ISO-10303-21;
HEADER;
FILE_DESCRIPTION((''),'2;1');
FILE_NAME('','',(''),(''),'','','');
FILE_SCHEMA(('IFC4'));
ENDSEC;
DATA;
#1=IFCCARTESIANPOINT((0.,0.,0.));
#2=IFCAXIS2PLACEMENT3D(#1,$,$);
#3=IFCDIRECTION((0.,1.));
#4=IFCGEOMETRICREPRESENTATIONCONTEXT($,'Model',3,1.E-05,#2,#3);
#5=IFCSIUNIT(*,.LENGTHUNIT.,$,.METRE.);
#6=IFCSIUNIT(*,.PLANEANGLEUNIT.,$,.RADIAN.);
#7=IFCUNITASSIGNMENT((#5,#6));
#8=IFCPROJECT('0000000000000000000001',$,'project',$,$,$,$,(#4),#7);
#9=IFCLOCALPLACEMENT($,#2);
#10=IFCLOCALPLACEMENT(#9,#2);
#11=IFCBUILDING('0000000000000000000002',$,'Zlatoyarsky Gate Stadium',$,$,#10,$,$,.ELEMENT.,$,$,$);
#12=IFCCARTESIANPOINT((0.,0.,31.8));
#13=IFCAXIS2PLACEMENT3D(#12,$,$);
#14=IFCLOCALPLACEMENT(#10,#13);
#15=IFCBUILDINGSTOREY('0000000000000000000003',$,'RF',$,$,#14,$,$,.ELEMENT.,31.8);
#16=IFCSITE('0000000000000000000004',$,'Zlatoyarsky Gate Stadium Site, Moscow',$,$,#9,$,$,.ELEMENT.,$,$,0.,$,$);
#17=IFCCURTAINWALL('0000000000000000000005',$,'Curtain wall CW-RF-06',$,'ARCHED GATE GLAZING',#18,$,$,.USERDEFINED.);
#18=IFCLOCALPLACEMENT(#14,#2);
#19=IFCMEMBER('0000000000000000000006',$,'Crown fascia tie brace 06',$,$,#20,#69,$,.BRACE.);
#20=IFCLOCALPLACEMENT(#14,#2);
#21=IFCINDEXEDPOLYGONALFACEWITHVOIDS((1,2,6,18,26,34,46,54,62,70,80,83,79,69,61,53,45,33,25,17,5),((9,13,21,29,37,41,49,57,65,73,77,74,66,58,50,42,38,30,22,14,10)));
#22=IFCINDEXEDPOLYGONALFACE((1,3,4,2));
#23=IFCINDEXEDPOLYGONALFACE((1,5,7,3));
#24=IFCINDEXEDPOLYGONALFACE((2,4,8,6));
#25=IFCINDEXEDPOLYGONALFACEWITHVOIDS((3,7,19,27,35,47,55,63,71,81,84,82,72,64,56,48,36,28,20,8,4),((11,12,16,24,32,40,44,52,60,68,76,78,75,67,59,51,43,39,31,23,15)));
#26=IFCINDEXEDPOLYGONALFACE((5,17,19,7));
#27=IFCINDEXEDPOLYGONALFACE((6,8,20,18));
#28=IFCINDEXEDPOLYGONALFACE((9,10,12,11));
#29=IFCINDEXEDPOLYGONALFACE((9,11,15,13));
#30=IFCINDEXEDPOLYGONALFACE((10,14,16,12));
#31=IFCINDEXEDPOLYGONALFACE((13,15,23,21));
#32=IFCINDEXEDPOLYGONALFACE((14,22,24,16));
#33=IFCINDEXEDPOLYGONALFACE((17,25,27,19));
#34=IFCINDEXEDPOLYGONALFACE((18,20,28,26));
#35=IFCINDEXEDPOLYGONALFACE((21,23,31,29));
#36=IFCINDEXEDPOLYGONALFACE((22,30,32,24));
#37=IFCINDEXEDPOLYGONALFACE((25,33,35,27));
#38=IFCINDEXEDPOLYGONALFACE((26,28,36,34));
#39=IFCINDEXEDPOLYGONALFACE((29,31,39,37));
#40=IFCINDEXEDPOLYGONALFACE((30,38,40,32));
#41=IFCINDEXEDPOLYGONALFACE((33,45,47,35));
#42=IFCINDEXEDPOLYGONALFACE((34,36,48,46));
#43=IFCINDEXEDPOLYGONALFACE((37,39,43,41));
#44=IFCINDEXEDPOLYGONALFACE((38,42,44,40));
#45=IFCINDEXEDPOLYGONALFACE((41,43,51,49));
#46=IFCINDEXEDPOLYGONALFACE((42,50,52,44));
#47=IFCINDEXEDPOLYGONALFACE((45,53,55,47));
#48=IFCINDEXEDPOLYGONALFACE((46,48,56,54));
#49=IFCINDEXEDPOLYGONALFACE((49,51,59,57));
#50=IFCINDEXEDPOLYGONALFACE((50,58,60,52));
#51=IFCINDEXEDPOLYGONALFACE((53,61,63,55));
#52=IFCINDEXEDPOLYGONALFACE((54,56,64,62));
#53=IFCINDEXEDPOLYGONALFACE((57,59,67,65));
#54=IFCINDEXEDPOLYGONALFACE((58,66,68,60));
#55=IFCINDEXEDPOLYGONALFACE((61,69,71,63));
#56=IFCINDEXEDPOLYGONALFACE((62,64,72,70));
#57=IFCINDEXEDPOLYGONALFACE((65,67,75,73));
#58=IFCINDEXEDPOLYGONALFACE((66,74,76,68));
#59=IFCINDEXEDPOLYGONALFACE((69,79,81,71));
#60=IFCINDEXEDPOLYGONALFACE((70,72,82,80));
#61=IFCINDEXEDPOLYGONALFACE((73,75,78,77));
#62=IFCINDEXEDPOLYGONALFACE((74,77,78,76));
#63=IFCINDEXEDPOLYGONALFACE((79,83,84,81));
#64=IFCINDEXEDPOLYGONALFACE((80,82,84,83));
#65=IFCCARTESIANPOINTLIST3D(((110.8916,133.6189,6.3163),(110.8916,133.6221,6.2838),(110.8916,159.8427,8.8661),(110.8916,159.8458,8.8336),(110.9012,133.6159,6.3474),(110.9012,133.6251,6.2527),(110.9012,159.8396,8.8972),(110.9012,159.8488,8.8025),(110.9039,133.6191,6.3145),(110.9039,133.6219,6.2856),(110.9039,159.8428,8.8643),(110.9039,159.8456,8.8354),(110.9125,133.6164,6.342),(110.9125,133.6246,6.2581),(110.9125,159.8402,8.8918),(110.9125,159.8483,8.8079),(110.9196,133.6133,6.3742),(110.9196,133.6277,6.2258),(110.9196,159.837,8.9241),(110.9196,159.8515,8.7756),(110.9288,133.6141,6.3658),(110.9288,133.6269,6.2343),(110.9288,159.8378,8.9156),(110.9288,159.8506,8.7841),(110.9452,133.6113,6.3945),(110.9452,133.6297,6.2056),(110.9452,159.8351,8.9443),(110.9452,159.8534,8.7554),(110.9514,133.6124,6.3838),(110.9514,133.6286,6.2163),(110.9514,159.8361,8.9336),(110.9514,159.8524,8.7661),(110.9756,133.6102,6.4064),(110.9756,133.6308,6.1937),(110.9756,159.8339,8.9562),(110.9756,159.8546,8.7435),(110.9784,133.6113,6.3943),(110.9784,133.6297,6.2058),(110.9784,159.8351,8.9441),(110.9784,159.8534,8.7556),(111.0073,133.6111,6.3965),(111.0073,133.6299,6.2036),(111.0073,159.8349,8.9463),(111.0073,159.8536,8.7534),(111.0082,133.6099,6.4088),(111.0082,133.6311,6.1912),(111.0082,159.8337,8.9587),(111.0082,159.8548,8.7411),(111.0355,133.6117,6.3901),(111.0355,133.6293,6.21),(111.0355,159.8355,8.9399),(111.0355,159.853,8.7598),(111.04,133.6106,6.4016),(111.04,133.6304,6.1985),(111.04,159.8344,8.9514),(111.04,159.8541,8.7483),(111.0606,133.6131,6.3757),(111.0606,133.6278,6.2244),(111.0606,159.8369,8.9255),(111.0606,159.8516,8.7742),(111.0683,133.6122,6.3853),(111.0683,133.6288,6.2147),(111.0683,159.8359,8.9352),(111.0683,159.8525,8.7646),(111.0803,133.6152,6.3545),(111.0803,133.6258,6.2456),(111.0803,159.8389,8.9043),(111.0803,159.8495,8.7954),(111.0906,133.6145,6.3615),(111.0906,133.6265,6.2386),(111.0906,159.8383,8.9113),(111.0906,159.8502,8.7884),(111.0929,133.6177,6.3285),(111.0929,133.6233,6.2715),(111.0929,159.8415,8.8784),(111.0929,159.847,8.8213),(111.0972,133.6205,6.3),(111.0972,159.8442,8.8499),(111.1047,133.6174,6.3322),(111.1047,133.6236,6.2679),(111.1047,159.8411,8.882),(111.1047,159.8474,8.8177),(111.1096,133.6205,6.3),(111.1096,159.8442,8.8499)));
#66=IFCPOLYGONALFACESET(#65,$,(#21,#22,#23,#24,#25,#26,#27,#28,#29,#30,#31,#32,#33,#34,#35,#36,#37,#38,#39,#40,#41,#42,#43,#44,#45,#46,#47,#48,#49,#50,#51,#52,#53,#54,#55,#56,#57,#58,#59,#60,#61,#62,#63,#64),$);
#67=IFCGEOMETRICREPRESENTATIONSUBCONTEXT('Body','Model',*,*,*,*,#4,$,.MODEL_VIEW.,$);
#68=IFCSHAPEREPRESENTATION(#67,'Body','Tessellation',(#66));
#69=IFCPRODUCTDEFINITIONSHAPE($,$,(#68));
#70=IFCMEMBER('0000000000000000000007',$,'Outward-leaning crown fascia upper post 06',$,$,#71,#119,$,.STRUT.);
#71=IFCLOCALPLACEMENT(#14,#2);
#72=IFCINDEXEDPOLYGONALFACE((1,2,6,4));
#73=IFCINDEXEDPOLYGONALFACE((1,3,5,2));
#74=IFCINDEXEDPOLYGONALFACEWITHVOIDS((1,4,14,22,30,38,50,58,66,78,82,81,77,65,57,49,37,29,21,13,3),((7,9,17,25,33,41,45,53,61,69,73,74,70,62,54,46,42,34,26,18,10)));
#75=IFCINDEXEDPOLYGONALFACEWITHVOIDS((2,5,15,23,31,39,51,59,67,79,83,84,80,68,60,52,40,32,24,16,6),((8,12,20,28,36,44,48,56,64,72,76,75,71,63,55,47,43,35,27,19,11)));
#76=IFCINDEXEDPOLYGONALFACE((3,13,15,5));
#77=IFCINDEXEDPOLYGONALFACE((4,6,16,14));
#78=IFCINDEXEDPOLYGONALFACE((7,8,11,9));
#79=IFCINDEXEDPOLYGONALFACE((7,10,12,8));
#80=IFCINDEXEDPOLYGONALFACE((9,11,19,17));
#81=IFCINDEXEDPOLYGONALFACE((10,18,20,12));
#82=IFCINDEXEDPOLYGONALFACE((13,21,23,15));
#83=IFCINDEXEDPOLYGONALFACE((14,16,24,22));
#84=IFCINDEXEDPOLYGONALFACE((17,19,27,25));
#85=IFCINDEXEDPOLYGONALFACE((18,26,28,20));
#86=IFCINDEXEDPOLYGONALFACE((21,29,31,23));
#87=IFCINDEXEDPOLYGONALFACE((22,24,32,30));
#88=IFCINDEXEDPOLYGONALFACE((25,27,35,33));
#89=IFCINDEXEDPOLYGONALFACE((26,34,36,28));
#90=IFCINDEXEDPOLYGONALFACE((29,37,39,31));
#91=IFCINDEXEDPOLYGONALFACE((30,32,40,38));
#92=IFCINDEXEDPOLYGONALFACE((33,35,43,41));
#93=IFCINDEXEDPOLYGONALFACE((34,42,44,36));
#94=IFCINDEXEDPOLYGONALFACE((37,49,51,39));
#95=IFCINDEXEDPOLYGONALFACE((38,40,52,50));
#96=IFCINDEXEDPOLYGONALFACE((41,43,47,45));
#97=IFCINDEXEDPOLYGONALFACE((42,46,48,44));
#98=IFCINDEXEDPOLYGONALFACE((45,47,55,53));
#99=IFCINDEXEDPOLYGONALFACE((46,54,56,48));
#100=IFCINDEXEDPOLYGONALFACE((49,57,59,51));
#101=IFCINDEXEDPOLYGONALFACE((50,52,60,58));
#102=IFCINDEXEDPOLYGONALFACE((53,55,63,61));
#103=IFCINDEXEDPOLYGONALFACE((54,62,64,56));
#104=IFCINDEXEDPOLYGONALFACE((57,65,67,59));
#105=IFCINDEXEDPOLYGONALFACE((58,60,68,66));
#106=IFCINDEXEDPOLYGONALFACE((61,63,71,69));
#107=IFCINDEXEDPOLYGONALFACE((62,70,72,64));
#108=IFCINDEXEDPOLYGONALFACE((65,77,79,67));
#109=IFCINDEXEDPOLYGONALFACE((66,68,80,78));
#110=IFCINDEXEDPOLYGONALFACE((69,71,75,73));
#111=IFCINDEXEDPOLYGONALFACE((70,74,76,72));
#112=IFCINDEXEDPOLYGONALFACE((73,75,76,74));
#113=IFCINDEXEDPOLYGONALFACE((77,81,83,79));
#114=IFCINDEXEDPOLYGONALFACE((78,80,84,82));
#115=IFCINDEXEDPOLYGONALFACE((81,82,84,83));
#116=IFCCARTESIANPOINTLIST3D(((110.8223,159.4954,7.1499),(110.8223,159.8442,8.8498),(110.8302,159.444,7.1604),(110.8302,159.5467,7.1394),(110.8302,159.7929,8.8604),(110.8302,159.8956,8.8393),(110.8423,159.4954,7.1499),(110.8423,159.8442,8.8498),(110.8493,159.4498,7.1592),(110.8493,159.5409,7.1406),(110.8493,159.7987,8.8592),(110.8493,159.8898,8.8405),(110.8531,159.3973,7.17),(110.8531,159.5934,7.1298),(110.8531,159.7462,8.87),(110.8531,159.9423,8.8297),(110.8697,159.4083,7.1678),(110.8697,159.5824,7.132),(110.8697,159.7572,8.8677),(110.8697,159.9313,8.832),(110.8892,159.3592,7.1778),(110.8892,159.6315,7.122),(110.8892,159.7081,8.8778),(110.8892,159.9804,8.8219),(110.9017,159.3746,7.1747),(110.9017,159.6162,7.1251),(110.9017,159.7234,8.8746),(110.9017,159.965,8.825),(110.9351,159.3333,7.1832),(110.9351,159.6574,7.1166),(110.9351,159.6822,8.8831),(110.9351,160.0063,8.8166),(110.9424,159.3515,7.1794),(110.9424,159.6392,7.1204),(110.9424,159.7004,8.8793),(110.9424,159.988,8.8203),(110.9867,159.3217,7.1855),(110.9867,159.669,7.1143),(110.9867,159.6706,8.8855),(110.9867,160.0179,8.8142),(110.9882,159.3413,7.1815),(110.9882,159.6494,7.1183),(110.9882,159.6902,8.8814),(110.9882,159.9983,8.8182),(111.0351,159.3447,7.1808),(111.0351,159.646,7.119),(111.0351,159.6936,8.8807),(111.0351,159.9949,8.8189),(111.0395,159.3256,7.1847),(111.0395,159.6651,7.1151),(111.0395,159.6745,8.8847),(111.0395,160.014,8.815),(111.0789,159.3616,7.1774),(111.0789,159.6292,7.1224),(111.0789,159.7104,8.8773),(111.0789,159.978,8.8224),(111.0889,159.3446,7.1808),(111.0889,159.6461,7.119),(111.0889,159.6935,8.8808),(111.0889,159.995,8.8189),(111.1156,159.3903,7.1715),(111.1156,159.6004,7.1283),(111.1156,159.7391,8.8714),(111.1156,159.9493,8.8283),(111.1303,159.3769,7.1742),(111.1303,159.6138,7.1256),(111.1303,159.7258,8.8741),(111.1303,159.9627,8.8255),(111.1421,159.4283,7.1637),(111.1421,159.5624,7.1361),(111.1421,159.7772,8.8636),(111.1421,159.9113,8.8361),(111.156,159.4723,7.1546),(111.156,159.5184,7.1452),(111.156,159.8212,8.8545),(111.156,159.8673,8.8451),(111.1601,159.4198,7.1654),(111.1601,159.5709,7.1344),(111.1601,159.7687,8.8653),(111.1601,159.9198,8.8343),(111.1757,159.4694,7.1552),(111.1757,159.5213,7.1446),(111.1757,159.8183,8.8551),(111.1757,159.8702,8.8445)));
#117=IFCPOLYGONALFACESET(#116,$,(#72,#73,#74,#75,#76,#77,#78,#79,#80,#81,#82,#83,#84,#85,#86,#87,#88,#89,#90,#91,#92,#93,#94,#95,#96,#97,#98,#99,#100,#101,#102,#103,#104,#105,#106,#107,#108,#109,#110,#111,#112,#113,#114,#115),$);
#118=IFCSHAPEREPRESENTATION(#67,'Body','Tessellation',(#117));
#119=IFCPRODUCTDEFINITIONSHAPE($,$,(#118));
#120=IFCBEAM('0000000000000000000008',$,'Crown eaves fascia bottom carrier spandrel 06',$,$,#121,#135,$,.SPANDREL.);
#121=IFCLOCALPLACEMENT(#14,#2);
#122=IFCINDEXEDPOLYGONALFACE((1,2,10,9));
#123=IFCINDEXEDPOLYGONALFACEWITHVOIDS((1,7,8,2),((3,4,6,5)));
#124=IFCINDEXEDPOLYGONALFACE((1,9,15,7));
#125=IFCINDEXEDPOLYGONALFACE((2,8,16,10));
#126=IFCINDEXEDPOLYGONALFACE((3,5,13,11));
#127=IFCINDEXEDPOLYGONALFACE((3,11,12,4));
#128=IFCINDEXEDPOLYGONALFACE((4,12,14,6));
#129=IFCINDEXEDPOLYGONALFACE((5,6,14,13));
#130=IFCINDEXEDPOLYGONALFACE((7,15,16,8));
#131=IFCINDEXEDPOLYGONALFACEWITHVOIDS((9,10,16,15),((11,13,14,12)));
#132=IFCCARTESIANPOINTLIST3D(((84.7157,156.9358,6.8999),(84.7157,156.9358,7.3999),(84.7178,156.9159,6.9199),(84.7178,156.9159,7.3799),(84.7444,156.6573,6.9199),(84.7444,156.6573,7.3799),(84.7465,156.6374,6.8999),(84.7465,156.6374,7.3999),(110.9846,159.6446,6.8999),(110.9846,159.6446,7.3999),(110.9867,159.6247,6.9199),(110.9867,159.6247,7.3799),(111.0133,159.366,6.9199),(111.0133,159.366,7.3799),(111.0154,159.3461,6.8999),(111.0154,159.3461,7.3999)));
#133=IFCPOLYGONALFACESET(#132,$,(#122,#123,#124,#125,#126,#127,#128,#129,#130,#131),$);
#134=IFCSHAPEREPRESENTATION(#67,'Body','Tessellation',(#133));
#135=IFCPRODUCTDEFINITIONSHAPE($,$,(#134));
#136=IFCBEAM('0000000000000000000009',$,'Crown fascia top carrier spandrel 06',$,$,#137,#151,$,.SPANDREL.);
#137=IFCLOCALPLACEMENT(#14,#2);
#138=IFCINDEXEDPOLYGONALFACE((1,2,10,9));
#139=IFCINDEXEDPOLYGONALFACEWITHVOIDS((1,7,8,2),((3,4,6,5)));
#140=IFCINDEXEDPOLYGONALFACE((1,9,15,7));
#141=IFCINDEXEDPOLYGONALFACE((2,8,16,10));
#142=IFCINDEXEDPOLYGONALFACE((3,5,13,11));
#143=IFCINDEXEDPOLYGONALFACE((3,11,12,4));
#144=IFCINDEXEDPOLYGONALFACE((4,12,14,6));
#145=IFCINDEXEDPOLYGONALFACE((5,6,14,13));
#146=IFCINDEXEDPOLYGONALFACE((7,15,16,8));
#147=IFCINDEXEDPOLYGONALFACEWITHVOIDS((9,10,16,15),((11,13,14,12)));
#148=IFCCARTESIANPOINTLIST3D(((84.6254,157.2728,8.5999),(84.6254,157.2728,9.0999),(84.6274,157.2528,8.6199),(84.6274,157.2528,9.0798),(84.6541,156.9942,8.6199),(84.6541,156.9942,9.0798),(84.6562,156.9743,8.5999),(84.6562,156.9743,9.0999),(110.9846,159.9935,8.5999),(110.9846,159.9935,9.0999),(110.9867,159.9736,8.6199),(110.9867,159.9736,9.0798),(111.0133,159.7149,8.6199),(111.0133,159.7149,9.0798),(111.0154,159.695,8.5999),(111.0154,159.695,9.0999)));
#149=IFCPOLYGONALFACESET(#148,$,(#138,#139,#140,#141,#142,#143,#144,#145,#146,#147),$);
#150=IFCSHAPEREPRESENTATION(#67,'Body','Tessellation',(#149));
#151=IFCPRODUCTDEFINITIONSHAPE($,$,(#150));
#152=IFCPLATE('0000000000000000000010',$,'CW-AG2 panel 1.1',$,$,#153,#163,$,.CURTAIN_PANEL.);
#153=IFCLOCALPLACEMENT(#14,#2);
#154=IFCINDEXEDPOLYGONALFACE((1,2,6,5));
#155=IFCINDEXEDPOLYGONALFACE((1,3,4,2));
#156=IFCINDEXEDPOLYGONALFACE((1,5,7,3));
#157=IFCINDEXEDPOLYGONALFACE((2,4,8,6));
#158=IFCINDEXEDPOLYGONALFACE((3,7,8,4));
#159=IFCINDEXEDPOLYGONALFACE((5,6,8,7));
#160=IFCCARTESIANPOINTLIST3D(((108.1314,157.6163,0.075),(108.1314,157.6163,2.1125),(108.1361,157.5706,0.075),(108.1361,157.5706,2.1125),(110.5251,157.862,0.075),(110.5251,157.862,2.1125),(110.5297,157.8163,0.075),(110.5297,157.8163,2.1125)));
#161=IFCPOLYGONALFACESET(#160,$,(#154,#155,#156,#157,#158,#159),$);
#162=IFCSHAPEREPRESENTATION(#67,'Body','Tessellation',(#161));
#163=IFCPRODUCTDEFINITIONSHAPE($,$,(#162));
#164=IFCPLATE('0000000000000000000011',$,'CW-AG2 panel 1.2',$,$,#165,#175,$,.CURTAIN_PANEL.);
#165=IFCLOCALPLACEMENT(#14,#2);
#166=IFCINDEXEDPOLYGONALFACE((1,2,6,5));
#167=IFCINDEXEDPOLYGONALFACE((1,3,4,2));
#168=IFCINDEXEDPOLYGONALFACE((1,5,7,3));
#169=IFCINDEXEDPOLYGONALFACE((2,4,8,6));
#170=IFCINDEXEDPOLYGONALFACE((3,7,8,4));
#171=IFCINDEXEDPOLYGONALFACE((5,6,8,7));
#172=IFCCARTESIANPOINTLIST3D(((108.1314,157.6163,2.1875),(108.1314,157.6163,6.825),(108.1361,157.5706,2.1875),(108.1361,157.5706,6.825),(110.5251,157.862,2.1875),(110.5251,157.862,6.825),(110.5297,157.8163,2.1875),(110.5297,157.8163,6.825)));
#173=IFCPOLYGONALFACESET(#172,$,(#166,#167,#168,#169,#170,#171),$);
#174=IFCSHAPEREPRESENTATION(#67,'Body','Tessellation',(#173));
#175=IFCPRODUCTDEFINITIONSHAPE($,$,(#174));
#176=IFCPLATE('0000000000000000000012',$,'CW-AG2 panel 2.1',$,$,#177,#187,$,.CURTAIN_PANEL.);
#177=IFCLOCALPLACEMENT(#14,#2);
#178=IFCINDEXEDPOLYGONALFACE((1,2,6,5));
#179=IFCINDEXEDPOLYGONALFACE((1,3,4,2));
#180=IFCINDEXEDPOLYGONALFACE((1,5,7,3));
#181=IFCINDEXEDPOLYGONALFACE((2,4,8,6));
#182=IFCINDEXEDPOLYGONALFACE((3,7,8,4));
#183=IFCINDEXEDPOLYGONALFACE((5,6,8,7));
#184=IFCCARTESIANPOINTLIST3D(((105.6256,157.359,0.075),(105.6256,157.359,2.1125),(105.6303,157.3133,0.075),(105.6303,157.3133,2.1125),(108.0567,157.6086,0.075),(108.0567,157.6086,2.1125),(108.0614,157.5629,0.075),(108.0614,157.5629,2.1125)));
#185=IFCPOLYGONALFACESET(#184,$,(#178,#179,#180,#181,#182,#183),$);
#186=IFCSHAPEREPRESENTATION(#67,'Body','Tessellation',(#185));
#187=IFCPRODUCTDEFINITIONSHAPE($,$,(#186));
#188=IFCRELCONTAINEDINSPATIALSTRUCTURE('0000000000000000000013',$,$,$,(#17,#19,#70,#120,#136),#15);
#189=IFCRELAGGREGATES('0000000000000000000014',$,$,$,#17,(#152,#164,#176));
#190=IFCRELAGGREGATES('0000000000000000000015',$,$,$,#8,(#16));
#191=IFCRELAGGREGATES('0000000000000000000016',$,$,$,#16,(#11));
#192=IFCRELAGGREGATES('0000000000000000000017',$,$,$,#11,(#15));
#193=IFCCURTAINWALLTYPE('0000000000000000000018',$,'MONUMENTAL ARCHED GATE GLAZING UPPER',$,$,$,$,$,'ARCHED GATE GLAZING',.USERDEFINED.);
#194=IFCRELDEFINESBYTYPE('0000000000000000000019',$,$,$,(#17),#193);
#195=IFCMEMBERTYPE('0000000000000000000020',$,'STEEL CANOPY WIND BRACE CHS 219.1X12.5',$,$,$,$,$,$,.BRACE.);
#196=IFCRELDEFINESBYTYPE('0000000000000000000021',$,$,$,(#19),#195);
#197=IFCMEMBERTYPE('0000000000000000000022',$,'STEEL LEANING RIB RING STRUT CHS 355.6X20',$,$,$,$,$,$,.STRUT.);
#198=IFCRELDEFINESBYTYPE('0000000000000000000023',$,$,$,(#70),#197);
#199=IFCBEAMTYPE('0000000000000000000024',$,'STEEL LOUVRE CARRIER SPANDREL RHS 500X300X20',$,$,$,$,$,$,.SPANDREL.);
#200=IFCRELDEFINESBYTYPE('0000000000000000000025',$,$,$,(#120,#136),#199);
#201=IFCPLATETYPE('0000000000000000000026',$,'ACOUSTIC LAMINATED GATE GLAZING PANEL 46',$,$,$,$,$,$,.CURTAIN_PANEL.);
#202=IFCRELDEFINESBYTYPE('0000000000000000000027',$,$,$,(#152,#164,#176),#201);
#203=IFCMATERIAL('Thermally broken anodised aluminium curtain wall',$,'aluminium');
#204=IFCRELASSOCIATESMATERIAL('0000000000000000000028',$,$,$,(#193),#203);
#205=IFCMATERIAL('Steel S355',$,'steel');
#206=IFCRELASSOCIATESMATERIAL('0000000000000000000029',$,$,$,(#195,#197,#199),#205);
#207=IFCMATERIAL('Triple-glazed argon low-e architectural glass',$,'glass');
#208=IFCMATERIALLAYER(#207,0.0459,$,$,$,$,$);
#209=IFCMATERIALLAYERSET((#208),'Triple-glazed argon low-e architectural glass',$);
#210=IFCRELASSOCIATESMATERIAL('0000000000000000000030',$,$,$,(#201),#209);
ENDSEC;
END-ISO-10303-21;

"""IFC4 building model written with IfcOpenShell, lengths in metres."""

from ifc_helpers import new_model, si_unit, direction, frame, origin, origin_2d, place, context, subcontext, project, spatial, rectangle, hollow_rectangle, hollow_circle, extrude, material, layer, layer_set, material_profile, profile_set, type_object, element, aggregate, save


model = new_model("IFC4")

# Units and contexts
model_context = context("Model", 3, precision=1e-05, world=origin(), true_north=direction((0.0, 1.0)))
body_context = subcontext(model_context, "Body", "Model", "MODEL_VIEW")
ifc_project = project(units=[si_unit("LENGTHUNIT", "METRE"), si_unit("PLANEANGLEUNIT", "RADIAN")], contexts=[model_context])

# Site, building, storey
site_placement = place(None, origin())
site = spatial("IfcSite", under=ifc_project, at=site_placement, Name="Zlatoyarsky Gate Stadium Site, Moscow", CompositionType="ELEMENT", RefElevation=0.0)
building_placement = place(site_placement, origin())
building = spatial("IfcBuilding", under=site, at=building_placement, Name="Zlatoyarsky Gate Stadium", CompositionType="ELEMENT")
storey_placement = place(building_placement, frame((0.0, 0.0, 31.8)))
storey = spatial("IfcBuildingStorey", under=building, at=storey_placement, Name="RF", CompositionType="ELEMENT", Elevation=31.8)

# Curtain wall
ifc_material_1 = material(Name="Thermally broken anodised aluminium curtain wall", Category="aluminium")
curtain_wall_type = type_object("IfcCurtainWallType", Name="MONUMENTAL ARCHED GATE GLAZING UPPER", ElementType="ARCHED GATE GLAZING", PredefinedType="USERDEFINED", material=ifc_material_1)
curtain_wall_placement = place(storey_placement, origin())
curtain_wall = element("IfcCurtainWall", 1, at=curtain_wall_placement, inside=storey, type_object=curtain_wall_type, Name="Curtain wall CW-RF-06", ObjectType="ARCHED GATE GLAZING", PredefinedType="USERDEFINED")

# Members
ifc_material_2 = material(Name="Steel S355", Category="steel")
ifc_material_profile_1 = material_profile(ifc_material_2, hollow_circle(Radius=0.1096, WallThickness=0.0125, at=origin_2d()), Name="CHS 219.1X12.5")
ifc_profile_set_1 = profile_set([ifc_material_profile_1], Name="Steel S355")
member_type_1 = type_object("IfcMemberType", Name="STEEL CANOPY WIND BRACE CHS 219.1X12.5", PredefinedType="BRACE", material=ifc_profile_set_1)
member_1_placement = place(storey_placement, frame((111.0, 159.8442, 8.8499), z_axis=(0.0, -0.995306, -0.096777), x_axis=(1.0, 0.0, 0.0)))
element("IfcMember", 2, at=member_1_placement, inside=storey, type_object=member_type_1, Name="Crown fascia tie brace 06", PredefinedType="BRACE", context=body_context, shape_type="SweptSolid", body=[
    extrude(hollow_circle(Radius=0.1096, WallThickness=0.0125, at=origin_2d()), origin(), (0.0, 0.0, 1.0), 26.3474),
])
ifc_material_profile_2 = material_profile(ifc_material_2, hollow_circle(Radius=0.1777, WallThickness=0.02, at=origin_2d()), Name="CHS 355.6X20")
ifc_profile_set_2 = profile_set([ifc_material_profile_2], Name="Steel S355")
member_type_2 = type_object("IfcMemberType", Name="STEEL LEANING RIB RING STRUT CHS 355.6X20", PredefinedType="STRUT", material=ifc_profile_set_2)
member_2_placement = place(storey_placement, frame((111.0, 159.4954, 7.1499), z_axis=(0.0, 0.201038, 0.979584), x_axis=(-1.0, 0.0, 0.0)))
element("IfcMember", 3, at=member_2_placement, inside=storey, type_object=member_type_2, Name="Outward-leaning crown fascia upper post 06", PredefinedType="STRUT", context=body_context, shape_type="SweptSolid", body=[
    extrude(hollow_circle(Radius=0.1777, WallThickness=0.02, at=origin_2d()), origin(), (0.0, 0.0, 1.0), 1.7354),
])

# Beams
ifc_material_profile_3 = material_profile(ifc_material_2, hollow_rectangle(XDim=0.3, YDim=0.5, WallThickness=0.02, at=origin_2d()), Name="RHS 500X300X20")
ifc_profile_set_3 = profile_set([ifc_material_profile_3], Name="Steel S355")
beam_type = type_object("IfcBeamType", Name="STEEL LOUVRE CARRIER SPANDREL RHS 500X300X20", PredefinedType="SPANDREL", material=ifc_profile_set_3)
beam_1_placement = place(storey_placement, frame((111.0, 159.4954, 7.1499), z_axis=(-0.994726, -0.102572, 0.0), x_axis=(0.102572, -0.994726, 0.0)))
element("IfcBeam", 4, at=beam_1_placement, inside=storey, type_object=beam_type, Name="Crown eaves fascia bottom carrier spandrel 06", PredefinedType="SPANDREL", context=body_context, shape_type="SweptSolid", body=[
    extrude(hollow_rectangle(XDim=0.3, YDim=0.5, WallThickness=0.02, at=origin_2d()), origin(), (0.0, 0.0, 1.0), 26.4082),
])
beam_2_placement = place(storey_placement, frame((111.0, 159.8442, 8.8499), z_axis=(-0.994715, -0.102671, 0.0), x_axis=(0.102671, -0.994715, 0.0)))
element("IfcBeam", 5, at=beam_2_placement, inside=storey, type_object=beam_type, Name="Crown fascia top carrier spandrel 06", PredefinedType="SPANDREL", context=body_context, shape_type="SweptSolid", body=[
    extrude(hollow_rectangle(XDim=0.3, YDim=0.5, WallThickness=0.02, at=origin_2d()), origin(), (0.0, 0.0, 1.0), 26.4993),
])

# Plates
ifc_material_3 = material(Name="Triple-glazed argon low-e architectural glass", Category="glass")
ifc_layer_1 = layer(ifc_material_3, 0.0459)
ifc_layer_set_1 = layer_set([ifc_layer_1], Name="Triple-glazed argon low-e architectural glass")
plate_type_1 = type_object("IfcPlateType", Name="ACOUSTIC LAMINATED GATE GLAZING PANEL 46", PredefinedType="CURTAIN_PANEL", material=ifc_layer_set_1)
plate_1_placement = place(storey_placement, frame((109.3306, 157.7163, 0.075), z_axis=(0.0, 0.0, 1.0), x_axis=(-0.994772, -0.102125, 0.0)))
plate_1 = element("IfcPlate", 6, at=plate_1_placement, type_object=plate_type_1, Name="CW-AG2 panel 1.1", PredefinedType="CURTAIN_PANEL", context=body_context, shape_type="SweptSolid", body=[
    extrude(rectangle(XDim=2.4062, YDim=0.0459, at=origin_2d()), origin(), (0.0, 0.0, 1.0), 2.0376),
])
plate_2_placement = place(storey_placement, frame((109.3306, 157.7163, 2.1875), z_axis=(0.0, 0.0, 1.0), x_axis=(-0.994772, -0.102125, 0.0)))
plate_2 = element("IfcPlate", 7, at=plate_2_placement, type_object=plate_type_1, Name="CW-AG2 panel 1.2", PredefinedType="CURTAIN_PANEL", context=body_context, shape_type="SweptSolid", body=[
    extrude(rectangle(XDim=2.4062, YDim=0.0459, at=origin_2d()), origin(), (0.0, 0.0, 1.0), 4.6375),
])
plate_3_placement = place(storey_placement, frame((106.8435, 157.4609, 0.075), z_axis=(0.0, 0.0, 1.0), x_axis=(-0.994772, -0.102125, 0.0)))
plate_3 = element("IfcPlate", 8, at=plate_3_placement, type_object=plate_type_1, Name="CW-AG2 panel 2.1", PredefinedType="CURTAIN_PANEL", context=body_context, shape_type="SweptSolid", body=[
    extrude(rectangle(XDim=2.4438, YDim=0.0459, at=origin_2d()), origin(), (0.0, 0.0, 1.0), 2.0376),
])
aggregate(curtain_wall, [plate_1, plate_2, plate_3])

save(model, "model.ifc")
